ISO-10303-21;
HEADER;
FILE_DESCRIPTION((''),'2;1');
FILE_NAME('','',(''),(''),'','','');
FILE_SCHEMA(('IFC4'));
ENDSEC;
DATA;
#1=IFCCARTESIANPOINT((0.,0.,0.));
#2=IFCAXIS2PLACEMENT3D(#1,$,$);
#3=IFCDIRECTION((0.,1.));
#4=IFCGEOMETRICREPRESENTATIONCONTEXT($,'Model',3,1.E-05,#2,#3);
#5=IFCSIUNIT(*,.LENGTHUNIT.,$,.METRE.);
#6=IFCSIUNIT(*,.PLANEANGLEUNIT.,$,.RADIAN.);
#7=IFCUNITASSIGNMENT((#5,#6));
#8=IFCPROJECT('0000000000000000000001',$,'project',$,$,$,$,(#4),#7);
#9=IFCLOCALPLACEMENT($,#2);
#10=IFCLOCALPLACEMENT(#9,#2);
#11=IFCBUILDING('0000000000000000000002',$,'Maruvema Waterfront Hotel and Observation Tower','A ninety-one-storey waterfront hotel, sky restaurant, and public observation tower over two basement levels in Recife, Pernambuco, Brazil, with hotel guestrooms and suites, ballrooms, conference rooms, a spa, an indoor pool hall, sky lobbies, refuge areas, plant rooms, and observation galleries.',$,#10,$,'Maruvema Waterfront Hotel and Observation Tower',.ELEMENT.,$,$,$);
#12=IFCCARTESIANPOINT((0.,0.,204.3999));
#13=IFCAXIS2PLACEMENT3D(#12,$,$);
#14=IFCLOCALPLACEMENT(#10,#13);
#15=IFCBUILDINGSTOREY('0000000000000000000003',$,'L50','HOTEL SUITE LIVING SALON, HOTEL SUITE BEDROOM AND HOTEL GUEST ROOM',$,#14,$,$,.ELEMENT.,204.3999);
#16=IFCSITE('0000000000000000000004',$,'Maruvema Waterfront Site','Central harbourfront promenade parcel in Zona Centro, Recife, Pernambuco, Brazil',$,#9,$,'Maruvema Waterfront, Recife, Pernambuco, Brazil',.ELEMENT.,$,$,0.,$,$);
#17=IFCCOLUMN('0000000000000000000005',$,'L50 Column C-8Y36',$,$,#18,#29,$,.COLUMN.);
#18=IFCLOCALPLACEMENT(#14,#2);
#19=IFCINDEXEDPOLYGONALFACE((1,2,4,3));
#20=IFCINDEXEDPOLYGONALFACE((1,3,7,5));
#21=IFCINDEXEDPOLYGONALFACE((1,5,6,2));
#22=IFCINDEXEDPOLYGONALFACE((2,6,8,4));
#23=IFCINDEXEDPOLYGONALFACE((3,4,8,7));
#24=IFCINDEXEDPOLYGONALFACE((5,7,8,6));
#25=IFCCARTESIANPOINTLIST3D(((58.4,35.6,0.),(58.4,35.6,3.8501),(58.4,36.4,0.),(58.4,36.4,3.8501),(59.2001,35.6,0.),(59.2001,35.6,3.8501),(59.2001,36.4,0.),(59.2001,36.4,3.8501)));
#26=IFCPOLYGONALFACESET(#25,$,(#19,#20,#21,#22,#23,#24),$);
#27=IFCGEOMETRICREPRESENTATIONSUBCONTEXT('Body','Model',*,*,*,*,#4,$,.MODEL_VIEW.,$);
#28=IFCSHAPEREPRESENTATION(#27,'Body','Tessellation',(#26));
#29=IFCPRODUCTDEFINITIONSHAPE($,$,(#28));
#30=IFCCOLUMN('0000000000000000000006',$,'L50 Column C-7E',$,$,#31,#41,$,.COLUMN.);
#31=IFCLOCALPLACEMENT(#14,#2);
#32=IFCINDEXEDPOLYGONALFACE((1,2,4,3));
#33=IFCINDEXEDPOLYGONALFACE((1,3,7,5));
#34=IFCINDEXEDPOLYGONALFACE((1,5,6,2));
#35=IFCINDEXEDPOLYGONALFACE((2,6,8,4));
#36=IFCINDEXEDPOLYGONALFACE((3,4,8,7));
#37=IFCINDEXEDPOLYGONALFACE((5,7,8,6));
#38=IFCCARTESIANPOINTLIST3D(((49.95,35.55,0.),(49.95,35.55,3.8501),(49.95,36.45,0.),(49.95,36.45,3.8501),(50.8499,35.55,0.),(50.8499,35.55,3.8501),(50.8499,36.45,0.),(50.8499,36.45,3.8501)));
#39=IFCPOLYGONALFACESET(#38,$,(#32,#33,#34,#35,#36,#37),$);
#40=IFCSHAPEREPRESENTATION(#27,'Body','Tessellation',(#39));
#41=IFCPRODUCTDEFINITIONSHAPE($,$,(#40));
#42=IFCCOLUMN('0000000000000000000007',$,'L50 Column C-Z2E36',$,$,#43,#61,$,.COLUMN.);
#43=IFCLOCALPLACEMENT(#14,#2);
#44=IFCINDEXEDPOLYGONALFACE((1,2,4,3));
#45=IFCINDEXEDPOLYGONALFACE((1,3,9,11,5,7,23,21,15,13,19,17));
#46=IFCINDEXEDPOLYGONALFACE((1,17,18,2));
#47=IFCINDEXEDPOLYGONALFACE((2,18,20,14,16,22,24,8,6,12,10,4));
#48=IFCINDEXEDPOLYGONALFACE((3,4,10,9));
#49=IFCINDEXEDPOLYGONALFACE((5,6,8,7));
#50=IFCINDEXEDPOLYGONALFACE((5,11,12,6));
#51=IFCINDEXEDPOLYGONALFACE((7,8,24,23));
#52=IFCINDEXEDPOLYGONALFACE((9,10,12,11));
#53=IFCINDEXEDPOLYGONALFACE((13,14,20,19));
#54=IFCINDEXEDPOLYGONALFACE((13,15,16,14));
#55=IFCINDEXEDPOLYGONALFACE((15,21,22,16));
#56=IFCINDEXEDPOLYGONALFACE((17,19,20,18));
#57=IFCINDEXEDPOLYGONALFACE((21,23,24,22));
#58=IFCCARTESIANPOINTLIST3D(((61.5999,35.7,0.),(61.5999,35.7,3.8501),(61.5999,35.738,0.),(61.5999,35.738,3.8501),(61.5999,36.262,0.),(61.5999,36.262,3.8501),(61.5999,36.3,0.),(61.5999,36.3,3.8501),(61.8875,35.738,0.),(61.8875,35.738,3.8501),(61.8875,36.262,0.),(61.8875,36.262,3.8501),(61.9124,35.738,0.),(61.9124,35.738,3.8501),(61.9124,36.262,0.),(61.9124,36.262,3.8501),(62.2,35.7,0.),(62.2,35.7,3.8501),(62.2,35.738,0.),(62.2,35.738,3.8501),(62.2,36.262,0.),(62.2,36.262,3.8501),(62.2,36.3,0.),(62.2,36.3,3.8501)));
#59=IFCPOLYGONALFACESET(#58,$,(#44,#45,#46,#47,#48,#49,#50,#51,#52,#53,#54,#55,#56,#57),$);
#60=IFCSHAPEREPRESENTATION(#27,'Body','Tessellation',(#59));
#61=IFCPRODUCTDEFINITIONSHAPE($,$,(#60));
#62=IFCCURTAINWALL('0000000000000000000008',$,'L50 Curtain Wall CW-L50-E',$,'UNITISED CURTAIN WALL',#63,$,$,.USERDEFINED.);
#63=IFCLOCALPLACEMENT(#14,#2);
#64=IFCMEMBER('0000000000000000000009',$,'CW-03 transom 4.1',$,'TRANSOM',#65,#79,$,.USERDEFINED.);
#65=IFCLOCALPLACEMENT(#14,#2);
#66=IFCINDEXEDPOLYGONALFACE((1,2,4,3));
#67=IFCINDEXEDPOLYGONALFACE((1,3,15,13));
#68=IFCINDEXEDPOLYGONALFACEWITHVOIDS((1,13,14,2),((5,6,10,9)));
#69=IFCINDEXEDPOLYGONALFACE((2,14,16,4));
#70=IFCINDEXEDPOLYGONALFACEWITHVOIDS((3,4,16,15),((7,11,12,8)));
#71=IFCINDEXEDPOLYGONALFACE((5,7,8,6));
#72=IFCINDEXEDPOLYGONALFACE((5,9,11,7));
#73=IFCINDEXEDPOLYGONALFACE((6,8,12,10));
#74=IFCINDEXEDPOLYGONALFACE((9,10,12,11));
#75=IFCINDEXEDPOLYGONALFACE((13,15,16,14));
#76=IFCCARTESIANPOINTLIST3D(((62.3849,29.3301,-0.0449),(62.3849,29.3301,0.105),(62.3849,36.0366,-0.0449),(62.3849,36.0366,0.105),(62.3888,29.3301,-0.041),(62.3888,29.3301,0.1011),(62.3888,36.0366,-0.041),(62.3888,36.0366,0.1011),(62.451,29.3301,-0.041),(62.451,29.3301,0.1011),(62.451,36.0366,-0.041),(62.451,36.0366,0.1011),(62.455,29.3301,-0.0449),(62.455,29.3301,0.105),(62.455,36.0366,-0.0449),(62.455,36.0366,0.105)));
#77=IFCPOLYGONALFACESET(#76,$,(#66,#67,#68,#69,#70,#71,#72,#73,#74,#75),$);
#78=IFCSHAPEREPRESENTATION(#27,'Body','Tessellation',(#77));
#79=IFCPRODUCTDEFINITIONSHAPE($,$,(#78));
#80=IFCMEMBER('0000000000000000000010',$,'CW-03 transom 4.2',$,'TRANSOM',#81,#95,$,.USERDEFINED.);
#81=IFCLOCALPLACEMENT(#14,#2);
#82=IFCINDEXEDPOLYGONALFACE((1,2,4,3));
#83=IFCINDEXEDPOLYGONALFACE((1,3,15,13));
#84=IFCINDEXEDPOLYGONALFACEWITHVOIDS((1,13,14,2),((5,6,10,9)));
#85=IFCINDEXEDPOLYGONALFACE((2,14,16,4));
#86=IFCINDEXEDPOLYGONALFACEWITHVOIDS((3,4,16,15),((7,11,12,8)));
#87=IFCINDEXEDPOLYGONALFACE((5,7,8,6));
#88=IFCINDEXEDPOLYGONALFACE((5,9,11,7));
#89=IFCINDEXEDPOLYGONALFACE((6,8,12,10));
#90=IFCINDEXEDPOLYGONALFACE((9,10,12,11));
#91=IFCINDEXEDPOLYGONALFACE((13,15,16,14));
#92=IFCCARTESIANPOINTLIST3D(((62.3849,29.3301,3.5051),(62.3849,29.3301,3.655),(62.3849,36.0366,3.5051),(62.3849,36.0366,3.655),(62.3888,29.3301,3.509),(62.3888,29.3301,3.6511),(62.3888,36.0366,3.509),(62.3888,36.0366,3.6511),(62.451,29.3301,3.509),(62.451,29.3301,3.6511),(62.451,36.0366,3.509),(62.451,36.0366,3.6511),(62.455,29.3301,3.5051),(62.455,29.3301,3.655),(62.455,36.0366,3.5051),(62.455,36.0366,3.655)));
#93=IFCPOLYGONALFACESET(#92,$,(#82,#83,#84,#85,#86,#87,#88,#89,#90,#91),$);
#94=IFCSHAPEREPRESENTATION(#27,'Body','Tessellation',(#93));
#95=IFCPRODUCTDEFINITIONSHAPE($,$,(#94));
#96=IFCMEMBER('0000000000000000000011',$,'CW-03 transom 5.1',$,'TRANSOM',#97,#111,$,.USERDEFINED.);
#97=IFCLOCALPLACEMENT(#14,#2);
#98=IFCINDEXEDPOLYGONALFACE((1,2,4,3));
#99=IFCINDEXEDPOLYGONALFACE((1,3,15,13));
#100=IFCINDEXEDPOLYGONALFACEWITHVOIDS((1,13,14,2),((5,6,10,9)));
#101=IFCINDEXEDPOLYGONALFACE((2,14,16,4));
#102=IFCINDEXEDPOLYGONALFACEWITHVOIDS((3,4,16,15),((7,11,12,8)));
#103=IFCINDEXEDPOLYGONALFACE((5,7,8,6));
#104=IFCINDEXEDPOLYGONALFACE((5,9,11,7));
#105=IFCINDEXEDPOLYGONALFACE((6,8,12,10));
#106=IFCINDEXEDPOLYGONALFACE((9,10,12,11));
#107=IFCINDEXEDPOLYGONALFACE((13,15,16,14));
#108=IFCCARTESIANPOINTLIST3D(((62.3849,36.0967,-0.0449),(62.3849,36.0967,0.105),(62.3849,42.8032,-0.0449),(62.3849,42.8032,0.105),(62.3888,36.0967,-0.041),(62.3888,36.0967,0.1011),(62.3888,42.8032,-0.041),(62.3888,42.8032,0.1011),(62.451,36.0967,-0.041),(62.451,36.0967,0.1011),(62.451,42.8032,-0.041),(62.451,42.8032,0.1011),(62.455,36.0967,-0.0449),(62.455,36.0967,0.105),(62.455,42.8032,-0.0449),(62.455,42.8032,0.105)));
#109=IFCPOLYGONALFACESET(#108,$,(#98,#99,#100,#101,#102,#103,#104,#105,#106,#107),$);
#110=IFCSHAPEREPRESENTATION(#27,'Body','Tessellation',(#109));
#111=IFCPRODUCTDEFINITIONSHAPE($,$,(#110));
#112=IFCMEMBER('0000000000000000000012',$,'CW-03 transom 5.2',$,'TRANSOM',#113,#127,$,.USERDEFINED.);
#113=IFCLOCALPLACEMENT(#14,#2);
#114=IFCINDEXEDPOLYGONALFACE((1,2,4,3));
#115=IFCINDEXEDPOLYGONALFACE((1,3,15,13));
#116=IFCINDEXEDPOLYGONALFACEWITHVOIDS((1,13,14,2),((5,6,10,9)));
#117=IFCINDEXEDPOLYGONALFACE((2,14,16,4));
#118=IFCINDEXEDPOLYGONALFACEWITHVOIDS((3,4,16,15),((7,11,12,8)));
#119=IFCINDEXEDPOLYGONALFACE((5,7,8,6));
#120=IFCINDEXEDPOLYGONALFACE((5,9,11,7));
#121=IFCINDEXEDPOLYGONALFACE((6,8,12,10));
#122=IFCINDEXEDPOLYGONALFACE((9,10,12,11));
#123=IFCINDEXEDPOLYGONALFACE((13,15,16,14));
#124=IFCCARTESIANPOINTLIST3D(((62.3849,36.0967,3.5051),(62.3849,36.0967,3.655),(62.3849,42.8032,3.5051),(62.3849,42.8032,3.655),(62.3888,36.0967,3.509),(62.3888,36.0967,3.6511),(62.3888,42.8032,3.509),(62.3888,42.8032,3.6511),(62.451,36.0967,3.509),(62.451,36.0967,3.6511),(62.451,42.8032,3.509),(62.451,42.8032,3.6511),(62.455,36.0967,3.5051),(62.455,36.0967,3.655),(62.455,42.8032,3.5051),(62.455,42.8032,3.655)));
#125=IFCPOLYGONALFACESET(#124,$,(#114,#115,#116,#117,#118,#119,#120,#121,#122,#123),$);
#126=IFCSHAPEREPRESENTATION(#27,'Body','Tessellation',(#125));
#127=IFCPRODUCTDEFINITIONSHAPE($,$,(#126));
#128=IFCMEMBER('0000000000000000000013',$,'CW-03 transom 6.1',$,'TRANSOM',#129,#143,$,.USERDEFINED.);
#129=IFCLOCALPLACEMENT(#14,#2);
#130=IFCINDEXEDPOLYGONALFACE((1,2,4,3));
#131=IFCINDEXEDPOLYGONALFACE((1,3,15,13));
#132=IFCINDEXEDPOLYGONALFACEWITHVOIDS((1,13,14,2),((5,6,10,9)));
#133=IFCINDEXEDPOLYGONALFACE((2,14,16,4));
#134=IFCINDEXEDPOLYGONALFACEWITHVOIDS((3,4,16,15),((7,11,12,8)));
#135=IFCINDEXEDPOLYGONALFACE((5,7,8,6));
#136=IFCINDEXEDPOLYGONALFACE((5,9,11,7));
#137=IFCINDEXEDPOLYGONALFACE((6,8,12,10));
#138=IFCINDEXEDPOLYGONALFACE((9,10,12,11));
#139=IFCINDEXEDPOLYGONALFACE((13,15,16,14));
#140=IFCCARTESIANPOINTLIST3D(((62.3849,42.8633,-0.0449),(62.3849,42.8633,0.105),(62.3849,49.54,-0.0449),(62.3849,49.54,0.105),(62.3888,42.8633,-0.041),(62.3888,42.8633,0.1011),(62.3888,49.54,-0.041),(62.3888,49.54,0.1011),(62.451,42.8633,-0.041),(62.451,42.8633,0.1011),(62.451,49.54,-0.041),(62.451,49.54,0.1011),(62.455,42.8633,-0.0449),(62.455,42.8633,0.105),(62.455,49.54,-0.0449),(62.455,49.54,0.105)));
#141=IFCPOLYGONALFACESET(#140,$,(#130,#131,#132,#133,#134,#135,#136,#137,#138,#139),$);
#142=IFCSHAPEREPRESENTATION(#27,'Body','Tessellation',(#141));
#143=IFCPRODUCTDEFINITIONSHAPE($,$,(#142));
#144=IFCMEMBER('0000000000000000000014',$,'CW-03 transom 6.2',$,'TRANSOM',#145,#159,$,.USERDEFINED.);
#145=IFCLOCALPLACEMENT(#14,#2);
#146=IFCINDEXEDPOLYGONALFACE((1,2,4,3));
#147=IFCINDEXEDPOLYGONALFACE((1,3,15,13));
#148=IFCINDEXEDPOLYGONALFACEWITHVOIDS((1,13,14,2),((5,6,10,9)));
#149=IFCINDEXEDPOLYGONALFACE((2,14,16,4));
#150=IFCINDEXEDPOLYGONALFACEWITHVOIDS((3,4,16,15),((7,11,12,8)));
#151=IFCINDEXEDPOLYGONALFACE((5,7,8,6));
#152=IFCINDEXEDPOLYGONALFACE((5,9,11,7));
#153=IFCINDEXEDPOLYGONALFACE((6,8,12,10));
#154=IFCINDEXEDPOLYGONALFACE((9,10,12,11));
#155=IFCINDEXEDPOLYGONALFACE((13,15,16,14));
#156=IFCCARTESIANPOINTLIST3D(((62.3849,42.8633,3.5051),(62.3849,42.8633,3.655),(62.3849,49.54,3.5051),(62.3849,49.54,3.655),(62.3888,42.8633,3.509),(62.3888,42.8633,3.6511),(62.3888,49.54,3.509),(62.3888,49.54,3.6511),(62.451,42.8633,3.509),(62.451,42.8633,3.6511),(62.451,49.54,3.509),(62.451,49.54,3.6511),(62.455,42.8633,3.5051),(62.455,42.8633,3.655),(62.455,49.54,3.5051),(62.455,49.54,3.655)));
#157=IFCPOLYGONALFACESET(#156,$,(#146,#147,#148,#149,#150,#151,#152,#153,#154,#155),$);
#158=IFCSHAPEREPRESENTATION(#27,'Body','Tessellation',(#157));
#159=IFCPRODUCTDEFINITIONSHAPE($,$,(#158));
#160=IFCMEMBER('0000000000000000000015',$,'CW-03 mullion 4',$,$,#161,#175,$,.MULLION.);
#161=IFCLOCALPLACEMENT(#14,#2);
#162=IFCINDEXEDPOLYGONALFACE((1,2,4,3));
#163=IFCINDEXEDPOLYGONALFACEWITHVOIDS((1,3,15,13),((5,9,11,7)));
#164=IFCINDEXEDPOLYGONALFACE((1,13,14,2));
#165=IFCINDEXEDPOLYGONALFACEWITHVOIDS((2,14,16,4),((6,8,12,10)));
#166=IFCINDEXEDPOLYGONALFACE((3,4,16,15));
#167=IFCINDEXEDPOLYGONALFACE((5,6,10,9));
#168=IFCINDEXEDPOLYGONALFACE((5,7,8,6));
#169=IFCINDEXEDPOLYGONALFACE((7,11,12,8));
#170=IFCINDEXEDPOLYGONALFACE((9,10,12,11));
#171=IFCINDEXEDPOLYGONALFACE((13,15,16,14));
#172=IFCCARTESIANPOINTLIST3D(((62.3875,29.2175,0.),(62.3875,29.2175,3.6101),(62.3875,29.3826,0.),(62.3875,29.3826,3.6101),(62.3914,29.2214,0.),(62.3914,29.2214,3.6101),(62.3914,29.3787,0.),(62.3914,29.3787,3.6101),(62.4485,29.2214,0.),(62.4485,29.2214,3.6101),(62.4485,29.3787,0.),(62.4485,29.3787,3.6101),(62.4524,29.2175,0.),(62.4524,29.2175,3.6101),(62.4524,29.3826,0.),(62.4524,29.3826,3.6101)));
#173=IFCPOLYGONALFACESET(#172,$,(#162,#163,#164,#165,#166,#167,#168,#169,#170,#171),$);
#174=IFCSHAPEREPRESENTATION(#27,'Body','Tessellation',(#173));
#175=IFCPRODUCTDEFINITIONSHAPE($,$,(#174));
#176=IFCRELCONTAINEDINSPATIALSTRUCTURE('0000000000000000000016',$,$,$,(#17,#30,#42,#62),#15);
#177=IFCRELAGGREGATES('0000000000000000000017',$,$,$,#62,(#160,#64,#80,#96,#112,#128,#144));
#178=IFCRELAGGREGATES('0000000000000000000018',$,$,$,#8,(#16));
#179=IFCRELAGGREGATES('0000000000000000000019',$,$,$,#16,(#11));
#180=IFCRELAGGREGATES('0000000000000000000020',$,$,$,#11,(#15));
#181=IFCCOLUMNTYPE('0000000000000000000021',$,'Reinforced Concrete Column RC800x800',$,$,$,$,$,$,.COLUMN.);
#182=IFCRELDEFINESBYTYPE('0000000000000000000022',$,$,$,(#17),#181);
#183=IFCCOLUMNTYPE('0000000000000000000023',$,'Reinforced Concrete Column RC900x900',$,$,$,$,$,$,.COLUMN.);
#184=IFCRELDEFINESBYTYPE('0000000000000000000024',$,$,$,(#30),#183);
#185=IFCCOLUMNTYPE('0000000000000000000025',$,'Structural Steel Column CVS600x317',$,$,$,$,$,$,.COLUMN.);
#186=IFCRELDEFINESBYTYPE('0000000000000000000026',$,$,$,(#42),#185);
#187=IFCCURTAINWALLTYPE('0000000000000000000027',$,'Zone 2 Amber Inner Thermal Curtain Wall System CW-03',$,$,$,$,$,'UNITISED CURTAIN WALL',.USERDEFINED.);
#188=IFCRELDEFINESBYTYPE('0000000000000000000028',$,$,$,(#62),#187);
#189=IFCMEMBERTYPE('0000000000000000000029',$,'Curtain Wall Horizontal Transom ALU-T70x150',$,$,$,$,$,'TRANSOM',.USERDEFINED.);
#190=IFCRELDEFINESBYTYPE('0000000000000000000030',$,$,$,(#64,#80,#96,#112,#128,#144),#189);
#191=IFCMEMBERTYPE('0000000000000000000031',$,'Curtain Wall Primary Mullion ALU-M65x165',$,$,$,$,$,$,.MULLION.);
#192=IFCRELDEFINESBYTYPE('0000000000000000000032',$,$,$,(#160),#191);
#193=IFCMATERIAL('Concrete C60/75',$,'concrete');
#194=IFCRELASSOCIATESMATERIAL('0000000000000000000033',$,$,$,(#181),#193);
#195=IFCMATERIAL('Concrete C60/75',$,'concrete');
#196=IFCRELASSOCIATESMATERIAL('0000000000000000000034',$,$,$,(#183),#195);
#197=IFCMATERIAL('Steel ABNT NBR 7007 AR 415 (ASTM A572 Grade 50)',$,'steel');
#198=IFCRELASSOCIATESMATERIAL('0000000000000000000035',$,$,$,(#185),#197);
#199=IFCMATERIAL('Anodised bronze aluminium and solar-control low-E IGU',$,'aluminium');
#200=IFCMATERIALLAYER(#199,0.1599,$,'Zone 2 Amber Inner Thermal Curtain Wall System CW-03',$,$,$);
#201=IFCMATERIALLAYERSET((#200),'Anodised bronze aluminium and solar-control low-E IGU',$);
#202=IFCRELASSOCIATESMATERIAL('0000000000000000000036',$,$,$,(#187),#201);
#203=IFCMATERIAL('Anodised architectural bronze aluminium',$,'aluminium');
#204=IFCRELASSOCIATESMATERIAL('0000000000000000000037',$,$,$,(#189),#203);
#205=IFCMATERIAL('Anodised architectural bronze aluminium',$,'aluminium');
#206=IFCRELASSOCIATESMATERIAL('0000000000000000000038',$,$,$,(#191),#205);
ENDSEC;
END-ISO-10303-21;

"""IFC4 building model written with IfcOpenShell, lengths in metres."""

from ifc_helpers import new_model, si_unit, direction, frame, origin, origin_2d, place, context, subcontext, project, spatial, rectangle, hollow_rectangle, i_section, extrude, material, layer, layer_set, material_profile, profile_set, type_object, element, aggregate, save


model = new_model("IFC4")

# Units and contexts
model_context = context("Model", 3, precision=1e-05, world=origin(), true_north=direction((0.0, 1.0)))
body_context = subcontext(model_context, "Body", "Model", "MODEL_VIEW")
ifc_project = project(units=[si_unit("LENGTHUNIT", "METRE"), si_unit("PLANEANGLEUNIT", "RADIAN")], contexts=[model_context])

# Site, building, storey
site_placement = place(None, origin())
site = spatial("IfcSite", under=ifc_project, at=site_placement, Name="Maruvema Waterfront Site", Description="Central harbourfront promenade parcel in Zona Centro, Recife, Pernambuco, Brazil", LongName="Maruvema Waterfront, Recife, Pernambuco, Brazil", CompositionType="ELEMENT", RefElevation=0.0)
building_placement = place(site_placement, origin())
building = spatial("IfcBuilding", under=site, at=building_placement, Name="Maruvema Waterfront Hotel and Observation Tower", Description="A ninety-one-storey waterfront hotel, sky restaurant, and public observation tower over two basement levels in Recife, Pernambuco, Brazil, with hotel guestrooms and suites, ballrooms, conference rooms, a spa, an indoor pool hall, sky lobbies, refuge areas, plant rooms, and observation galleries.", LongName="Maruvema Waterfront Hotel and Observation Tower", CompositionType="ELEMENT")
storey_placement = place(building_placement, frame((0.0, 0.0, 204.3999)))
storey = spatial("IfcBuildingStorey", under=building, at=storey_placement, Name="L50", Description="HOTEL SUITE LIVING SALON, HOTEL SUITE BEDROOM AND HOTEL GUEST ROOM", CompositionType="ELEMENT", Elevation=204.3999)

# Columns
ifc_material_1 = material(Name="Concrete C60/75", Category="concrete")
ifc_material_profile_1 = material_profile(ifc_material_1, rectangle(XDim=0.8, YDim=0.8, at=origin_2d()), Name="RC800x800")
ifc_profile_set_1 = profile_set([ifc_material_profile_1], Name="Concrete C60/75")
column_type_1 = type_object("IfcColumnType", Name="Reinforced Concrete Column RC800x800", PredefinedType="COLUMN", material=ifc_profile_set_1)
column_1_placement = place(storey_placement, frame((58.8, 36.0, 0.0), z_axis=(0.0, 0.0, 1.0), x_axis=(1.0, 0.0, 0.0)))
element("IfcColumn", 1, at=column_1_placement, inside=storey, type_object=column_type_1, Name="L50 Column C-8Y36", PredefinedType="COLUMN", context=body_context, shape_type="SweptSolid", body=[
    extrude(rectangle(XDim=0.8, YDim=0.8, at=origin_2d()), origin(), (0.0, 0.0, 1.0), 3.8501),
])
ifc_material_2 = material(Name="Concrete C60/75", Category="concrete")
ifc_material_profile_2 = material_profile(ifc_material_2, rectangle(XDim=0.8999, YDim=0.8999, at=origin_2d()), Name="RC900x900")
ifc_profile_set_2 = profile_set([ifc_material_profile_2], Name="Concrete C60/75")
column_type_2 = type_object("IfcColumnType", Name="Reinforced Concrete Column RC900x900", PredefinedType="COLUMN", material=ifc_profile_set_2)
column_2_placement = place(storey_placement, frame((50.3999, 36.0, 0.0), z_axis=(0.0, 0.0, 1.0), x_axis=(1.0, 0.0, 0.0)))
element("IfcColumn", 2, at=column_2_placement, inside=storey, type_object=column_type_2, Name="L50 Column C-7E", PredefinedType="COLUMN", context=body_context, shape_type="SweptSolid", body=[
    extrude(rectangle(XDim=0.8999, YDim=0.8999, at=origin_2d()), origin(), (0.0, 0.0, 1.0), 3.8501),
])
ifc_material_3 = material(Name="Steel ABNT NBR 7007 AR 415 (ASTM A572 Grade 50)", Category="steel")
ifc_material_profile_3 = material_profile(ifc_material_3, i_section(OverallWidth=0.6001, OverallDepth=0.6001, WebThickness=0.0249, FlangeThickness=0.0381, at=origin_2d()), Name="CVS600x317")
ifc_profile_set_3 = profile_set([ifc_material_profile_3], Name="Steel ABNT NBR 7007 AR 415 (ASTM A572 Grade 50)")
column_type_3 = type_object("IfcColumnType", Name="Structural Steel Column CVS600x317", PredefinedType="COLUMN", material=ifc_profile_set_3)
column_3_placement = place(storey_placement, frame((61.8999, 36.0, 0.0), z_axis=(0.0, 0.0, 1.0), x_axis=(1.0, 0.0, 0.0)))
element("IfcColumn", 3, at=column_3_placement, inside=storey, type_object=column_type_3, Name="L50 Column C-Z2E36", PredefinedType="COLUMN", context=body_context, shape_type="SweptSolid", body=[
    extrude(i_section(OverallWidth=0.6001, OverallDepth=0.6001, WebThickness=0.0249, FlangeThickness=0.0381, at=origin_2d()), origin(), (0.0, 0.0, 1.0), 3.8501),
])

# Curtain wall, members
ifc_material_4 = material(Name="Anodised bronze aluminium and solar-control low-E IGU", Category="aluminium")
ifc_layer_1 = layer(ifc_material_4, 0.1599, Name="Zone 2 Amber Inner Thermal Curtain Wall System CW-03")
ifc_layer_set_1 = layer_set([ifc_layer_1], Name="Anodised bronze aluminium and solar-control low-E IGU")
curtain_wall_type = type_object("IfcCurtainWallType", Name="Zone 2 Amber Inner Thermal Curtain Wall System CW-03", ElementType="UNITISED CURTAIN WALL", PredefinedType="USERDEFINED", material=ifc_layer_set_1)
curtain_wall_placement = place(storey_placement, origin())
curtain_wall = element("IfcCurtainWall", 4, at=curtain_wall_placement, inside=storey, type_object=curtain_wall_type, Name="L50 Curtain Wall CW-L50-E", ObjectType="UNITISED CURTAIN WALL", PredefinedType="USERDEFINED")
ifc_material_5 = material(Name="Anodised architectural bronze aluminium", Category="aluminium")
ifc_material_profile_4 = material_profile(ifc_material_5, hollow_rectangle(XDim=0.0701, YDim=0.1499, WallThickness=0.0039, at=origin_2d()), Name="ALU-T70x150")
ifc_profile_set_4 = profile_set([ifc_material_profile_4], Name="Anodised architectural bronze aluminium")
member_type_1 = type_object("IfcMemberType", Name="Curtain Wall Horizontal Transom ALU-T70x150", ElementType="TRANSOM", PredefinedType="USERDEFINED", material=ifc_profile_set_4)
member_1_placement = place(storey_placement, frame((62.4199, 29.3301, 0.03), z_axis=(0.0, 1.0, 0.0), x_axis=(-1.0, 0.0, 0.0)))
member_1 = element("IfcMember", 5, at=member_1_placement, type_object=member_type_1, Name="CW-03 transom 4.1", ObjectType="TRANSOM", PredefinedType="USERDEFINED", context=body_context, shape_type="SweptSolid", body=[
    extrude(hollow_rectangle(XDim=0.0701, YDim=0.1499, WallThickness=0.0039, at=origin_2d()), origin(), (0.0, 0.0, 1.0), 6.7065),
])
member_2_placement = place(storey_placement, frame((62.4199, 29.3301, 3.5801), z_axis=(0.0, 1.0, 0.0), x_axis=(-1.0, 0.0, 0.0)))
member_2 = element("IfcMember", 6, at=member_2_placement, type_object=member_type_1, Name="CW-03 transom 4.2", ObjectType="TRANSOM", PredefinedType="USERDEFINED", context=body_context, shape_type="SweptSolid", body=[
    extrude(hollow_rectangle(XDim=0.0701, YDim=0.1499, WallThickness=0.0039, at=origin_2d()), origin(), (0.0, 0.0, 1.0), 6.7065),
])
member_3_placement = place(storey_placement, frame((62.4199, 36.0967, 0.03), z_axis=(0.0, 1.0, 0.0), x_axis=(-1.0, 0.0, 0.0)))
member_3 = element("IfcMember", 7, at=member_3_placement, type_object=member_type_1, Name="CW-03 transom 5.1", ObjectType="TRANSOM", PredefinedType="USERDEFINED", context=body_context, shape_type="SweptSolid", body=[
    extrude(hollow_rectangle(XDim=0.0701, YDim=0.1499, WallThickness=0.0039, at=origin_2d()), origin(), (0.0, 0.0, 1.0), 6.7065),
])
member_4_placement = place(storey_placement, frame((62.4199, 36.0967, 3.5801), z_axis=(0.0, 1.0, 0.0), x_axis=(-1.0, 0.0, 0.0)))
member_4 = element("IfcMember", 8, at=member_4_placement, type_object=member_type_1, Name="CW-03 transom 5.2", ObjectType="TRANSOM", PredefinedType="USERDEFINED", context=body_context, shape_type="SweptSolid", body=[
    extrude(hollow_rectangle(XDim=0.0701, YDim=0.1499, WallThickness=0.0039, at=origin_2d()), origin(), (0.0, 0.0, 1.0), 6.7065),
])
member_5_placement = place(storey_placement, frame((62.4199, 42.8633, 0.03), z_axis=(0.0, 1.0, 0.0), x_axis=(-1.0, 0.0, 0.0)))
member_5 = element("IfcMember", 9, at=member_5_placement, type_object=member_type_1, Name="CW-03 transom 6.1", ObjectType="TRANSOM", PredefinedType="USERDEFINED", context=body_context, shape_type="SweptSolid", body=[
    extrude(hollow_rectangle(XDim=0.0701, YDim=0.1499, WallThickness=0.0039, at=origin_2d()), origin(), (0.0, 0.0, 1.0), 6.6768),
])
member_6_placement = place(storey_placement, frame((62.4199, 42.8633, 3.5801), z_axis=(0.0, 1.0, 0.0), x_axis=(-1.0, 0.0, 0.0)))
member_6 = element("IfcMember", 10, at=member_6_placement, type_object=member_type_1, Name="CW-03 transom 6.2", ObjectType="TRANSOM", PredefinedType="USERDEFINED", context=body_context, shape_type="SweptSolid", body=[
    extrude(hollow_rectangle(XDim=0.0701, YDim=0.1499, WallThickness=0.0039, at=origin_2d()), origin(), (0.0, 0.0, 1.0), 6.6768),
])
ifc_material_6 = material(Name="Anodised architectural bronze aluminium", Category="aluminium")
ifc_material_profile_5 = material_profile(ifc_material_6, hollow_rectangle(XDim=0.0649, YDim=0.165, WallThickness=0.0039, at=origin_2d()), Name="ALU-M65x165")
ifc_profile_set_5 = profile_set([ifc_material_profile_5], Name="Anodised architectural bronze aluminium")
member_type_2 = type_object("IfcMemberType", Name="Curtain Wall Primary Mullion ALU-M65x165", PredefinedType="MULLION", material=ifc_profile_set_5)
member_7_placement = place(storey_placement, frame((62.4199, 29.3, 0.0), z_axis=(0.0, 0.0, 1.0), x_axis=(-1.0, 0.0, 0.0)))
member_7 = element("IfcMember", 11, at=member_7_placement, type_object=member_type_2, Name="CW-03 mullion 4", PredefinedType="MULLION", context=body_context, shape_type="SweptSolid", body=[
    extrude(hollow_rectangle(XDim=0.0649, YDim=0.165, WallThickness=0.0039, at=origin_2d()), origin(), (0.0, 0.0, 1.0), 3.6101),
])

aggregate(curtain_wall, [member_7, member_1, member_2, member_3, member_4, member_5, member_6])

save(model, "model.ifc")
